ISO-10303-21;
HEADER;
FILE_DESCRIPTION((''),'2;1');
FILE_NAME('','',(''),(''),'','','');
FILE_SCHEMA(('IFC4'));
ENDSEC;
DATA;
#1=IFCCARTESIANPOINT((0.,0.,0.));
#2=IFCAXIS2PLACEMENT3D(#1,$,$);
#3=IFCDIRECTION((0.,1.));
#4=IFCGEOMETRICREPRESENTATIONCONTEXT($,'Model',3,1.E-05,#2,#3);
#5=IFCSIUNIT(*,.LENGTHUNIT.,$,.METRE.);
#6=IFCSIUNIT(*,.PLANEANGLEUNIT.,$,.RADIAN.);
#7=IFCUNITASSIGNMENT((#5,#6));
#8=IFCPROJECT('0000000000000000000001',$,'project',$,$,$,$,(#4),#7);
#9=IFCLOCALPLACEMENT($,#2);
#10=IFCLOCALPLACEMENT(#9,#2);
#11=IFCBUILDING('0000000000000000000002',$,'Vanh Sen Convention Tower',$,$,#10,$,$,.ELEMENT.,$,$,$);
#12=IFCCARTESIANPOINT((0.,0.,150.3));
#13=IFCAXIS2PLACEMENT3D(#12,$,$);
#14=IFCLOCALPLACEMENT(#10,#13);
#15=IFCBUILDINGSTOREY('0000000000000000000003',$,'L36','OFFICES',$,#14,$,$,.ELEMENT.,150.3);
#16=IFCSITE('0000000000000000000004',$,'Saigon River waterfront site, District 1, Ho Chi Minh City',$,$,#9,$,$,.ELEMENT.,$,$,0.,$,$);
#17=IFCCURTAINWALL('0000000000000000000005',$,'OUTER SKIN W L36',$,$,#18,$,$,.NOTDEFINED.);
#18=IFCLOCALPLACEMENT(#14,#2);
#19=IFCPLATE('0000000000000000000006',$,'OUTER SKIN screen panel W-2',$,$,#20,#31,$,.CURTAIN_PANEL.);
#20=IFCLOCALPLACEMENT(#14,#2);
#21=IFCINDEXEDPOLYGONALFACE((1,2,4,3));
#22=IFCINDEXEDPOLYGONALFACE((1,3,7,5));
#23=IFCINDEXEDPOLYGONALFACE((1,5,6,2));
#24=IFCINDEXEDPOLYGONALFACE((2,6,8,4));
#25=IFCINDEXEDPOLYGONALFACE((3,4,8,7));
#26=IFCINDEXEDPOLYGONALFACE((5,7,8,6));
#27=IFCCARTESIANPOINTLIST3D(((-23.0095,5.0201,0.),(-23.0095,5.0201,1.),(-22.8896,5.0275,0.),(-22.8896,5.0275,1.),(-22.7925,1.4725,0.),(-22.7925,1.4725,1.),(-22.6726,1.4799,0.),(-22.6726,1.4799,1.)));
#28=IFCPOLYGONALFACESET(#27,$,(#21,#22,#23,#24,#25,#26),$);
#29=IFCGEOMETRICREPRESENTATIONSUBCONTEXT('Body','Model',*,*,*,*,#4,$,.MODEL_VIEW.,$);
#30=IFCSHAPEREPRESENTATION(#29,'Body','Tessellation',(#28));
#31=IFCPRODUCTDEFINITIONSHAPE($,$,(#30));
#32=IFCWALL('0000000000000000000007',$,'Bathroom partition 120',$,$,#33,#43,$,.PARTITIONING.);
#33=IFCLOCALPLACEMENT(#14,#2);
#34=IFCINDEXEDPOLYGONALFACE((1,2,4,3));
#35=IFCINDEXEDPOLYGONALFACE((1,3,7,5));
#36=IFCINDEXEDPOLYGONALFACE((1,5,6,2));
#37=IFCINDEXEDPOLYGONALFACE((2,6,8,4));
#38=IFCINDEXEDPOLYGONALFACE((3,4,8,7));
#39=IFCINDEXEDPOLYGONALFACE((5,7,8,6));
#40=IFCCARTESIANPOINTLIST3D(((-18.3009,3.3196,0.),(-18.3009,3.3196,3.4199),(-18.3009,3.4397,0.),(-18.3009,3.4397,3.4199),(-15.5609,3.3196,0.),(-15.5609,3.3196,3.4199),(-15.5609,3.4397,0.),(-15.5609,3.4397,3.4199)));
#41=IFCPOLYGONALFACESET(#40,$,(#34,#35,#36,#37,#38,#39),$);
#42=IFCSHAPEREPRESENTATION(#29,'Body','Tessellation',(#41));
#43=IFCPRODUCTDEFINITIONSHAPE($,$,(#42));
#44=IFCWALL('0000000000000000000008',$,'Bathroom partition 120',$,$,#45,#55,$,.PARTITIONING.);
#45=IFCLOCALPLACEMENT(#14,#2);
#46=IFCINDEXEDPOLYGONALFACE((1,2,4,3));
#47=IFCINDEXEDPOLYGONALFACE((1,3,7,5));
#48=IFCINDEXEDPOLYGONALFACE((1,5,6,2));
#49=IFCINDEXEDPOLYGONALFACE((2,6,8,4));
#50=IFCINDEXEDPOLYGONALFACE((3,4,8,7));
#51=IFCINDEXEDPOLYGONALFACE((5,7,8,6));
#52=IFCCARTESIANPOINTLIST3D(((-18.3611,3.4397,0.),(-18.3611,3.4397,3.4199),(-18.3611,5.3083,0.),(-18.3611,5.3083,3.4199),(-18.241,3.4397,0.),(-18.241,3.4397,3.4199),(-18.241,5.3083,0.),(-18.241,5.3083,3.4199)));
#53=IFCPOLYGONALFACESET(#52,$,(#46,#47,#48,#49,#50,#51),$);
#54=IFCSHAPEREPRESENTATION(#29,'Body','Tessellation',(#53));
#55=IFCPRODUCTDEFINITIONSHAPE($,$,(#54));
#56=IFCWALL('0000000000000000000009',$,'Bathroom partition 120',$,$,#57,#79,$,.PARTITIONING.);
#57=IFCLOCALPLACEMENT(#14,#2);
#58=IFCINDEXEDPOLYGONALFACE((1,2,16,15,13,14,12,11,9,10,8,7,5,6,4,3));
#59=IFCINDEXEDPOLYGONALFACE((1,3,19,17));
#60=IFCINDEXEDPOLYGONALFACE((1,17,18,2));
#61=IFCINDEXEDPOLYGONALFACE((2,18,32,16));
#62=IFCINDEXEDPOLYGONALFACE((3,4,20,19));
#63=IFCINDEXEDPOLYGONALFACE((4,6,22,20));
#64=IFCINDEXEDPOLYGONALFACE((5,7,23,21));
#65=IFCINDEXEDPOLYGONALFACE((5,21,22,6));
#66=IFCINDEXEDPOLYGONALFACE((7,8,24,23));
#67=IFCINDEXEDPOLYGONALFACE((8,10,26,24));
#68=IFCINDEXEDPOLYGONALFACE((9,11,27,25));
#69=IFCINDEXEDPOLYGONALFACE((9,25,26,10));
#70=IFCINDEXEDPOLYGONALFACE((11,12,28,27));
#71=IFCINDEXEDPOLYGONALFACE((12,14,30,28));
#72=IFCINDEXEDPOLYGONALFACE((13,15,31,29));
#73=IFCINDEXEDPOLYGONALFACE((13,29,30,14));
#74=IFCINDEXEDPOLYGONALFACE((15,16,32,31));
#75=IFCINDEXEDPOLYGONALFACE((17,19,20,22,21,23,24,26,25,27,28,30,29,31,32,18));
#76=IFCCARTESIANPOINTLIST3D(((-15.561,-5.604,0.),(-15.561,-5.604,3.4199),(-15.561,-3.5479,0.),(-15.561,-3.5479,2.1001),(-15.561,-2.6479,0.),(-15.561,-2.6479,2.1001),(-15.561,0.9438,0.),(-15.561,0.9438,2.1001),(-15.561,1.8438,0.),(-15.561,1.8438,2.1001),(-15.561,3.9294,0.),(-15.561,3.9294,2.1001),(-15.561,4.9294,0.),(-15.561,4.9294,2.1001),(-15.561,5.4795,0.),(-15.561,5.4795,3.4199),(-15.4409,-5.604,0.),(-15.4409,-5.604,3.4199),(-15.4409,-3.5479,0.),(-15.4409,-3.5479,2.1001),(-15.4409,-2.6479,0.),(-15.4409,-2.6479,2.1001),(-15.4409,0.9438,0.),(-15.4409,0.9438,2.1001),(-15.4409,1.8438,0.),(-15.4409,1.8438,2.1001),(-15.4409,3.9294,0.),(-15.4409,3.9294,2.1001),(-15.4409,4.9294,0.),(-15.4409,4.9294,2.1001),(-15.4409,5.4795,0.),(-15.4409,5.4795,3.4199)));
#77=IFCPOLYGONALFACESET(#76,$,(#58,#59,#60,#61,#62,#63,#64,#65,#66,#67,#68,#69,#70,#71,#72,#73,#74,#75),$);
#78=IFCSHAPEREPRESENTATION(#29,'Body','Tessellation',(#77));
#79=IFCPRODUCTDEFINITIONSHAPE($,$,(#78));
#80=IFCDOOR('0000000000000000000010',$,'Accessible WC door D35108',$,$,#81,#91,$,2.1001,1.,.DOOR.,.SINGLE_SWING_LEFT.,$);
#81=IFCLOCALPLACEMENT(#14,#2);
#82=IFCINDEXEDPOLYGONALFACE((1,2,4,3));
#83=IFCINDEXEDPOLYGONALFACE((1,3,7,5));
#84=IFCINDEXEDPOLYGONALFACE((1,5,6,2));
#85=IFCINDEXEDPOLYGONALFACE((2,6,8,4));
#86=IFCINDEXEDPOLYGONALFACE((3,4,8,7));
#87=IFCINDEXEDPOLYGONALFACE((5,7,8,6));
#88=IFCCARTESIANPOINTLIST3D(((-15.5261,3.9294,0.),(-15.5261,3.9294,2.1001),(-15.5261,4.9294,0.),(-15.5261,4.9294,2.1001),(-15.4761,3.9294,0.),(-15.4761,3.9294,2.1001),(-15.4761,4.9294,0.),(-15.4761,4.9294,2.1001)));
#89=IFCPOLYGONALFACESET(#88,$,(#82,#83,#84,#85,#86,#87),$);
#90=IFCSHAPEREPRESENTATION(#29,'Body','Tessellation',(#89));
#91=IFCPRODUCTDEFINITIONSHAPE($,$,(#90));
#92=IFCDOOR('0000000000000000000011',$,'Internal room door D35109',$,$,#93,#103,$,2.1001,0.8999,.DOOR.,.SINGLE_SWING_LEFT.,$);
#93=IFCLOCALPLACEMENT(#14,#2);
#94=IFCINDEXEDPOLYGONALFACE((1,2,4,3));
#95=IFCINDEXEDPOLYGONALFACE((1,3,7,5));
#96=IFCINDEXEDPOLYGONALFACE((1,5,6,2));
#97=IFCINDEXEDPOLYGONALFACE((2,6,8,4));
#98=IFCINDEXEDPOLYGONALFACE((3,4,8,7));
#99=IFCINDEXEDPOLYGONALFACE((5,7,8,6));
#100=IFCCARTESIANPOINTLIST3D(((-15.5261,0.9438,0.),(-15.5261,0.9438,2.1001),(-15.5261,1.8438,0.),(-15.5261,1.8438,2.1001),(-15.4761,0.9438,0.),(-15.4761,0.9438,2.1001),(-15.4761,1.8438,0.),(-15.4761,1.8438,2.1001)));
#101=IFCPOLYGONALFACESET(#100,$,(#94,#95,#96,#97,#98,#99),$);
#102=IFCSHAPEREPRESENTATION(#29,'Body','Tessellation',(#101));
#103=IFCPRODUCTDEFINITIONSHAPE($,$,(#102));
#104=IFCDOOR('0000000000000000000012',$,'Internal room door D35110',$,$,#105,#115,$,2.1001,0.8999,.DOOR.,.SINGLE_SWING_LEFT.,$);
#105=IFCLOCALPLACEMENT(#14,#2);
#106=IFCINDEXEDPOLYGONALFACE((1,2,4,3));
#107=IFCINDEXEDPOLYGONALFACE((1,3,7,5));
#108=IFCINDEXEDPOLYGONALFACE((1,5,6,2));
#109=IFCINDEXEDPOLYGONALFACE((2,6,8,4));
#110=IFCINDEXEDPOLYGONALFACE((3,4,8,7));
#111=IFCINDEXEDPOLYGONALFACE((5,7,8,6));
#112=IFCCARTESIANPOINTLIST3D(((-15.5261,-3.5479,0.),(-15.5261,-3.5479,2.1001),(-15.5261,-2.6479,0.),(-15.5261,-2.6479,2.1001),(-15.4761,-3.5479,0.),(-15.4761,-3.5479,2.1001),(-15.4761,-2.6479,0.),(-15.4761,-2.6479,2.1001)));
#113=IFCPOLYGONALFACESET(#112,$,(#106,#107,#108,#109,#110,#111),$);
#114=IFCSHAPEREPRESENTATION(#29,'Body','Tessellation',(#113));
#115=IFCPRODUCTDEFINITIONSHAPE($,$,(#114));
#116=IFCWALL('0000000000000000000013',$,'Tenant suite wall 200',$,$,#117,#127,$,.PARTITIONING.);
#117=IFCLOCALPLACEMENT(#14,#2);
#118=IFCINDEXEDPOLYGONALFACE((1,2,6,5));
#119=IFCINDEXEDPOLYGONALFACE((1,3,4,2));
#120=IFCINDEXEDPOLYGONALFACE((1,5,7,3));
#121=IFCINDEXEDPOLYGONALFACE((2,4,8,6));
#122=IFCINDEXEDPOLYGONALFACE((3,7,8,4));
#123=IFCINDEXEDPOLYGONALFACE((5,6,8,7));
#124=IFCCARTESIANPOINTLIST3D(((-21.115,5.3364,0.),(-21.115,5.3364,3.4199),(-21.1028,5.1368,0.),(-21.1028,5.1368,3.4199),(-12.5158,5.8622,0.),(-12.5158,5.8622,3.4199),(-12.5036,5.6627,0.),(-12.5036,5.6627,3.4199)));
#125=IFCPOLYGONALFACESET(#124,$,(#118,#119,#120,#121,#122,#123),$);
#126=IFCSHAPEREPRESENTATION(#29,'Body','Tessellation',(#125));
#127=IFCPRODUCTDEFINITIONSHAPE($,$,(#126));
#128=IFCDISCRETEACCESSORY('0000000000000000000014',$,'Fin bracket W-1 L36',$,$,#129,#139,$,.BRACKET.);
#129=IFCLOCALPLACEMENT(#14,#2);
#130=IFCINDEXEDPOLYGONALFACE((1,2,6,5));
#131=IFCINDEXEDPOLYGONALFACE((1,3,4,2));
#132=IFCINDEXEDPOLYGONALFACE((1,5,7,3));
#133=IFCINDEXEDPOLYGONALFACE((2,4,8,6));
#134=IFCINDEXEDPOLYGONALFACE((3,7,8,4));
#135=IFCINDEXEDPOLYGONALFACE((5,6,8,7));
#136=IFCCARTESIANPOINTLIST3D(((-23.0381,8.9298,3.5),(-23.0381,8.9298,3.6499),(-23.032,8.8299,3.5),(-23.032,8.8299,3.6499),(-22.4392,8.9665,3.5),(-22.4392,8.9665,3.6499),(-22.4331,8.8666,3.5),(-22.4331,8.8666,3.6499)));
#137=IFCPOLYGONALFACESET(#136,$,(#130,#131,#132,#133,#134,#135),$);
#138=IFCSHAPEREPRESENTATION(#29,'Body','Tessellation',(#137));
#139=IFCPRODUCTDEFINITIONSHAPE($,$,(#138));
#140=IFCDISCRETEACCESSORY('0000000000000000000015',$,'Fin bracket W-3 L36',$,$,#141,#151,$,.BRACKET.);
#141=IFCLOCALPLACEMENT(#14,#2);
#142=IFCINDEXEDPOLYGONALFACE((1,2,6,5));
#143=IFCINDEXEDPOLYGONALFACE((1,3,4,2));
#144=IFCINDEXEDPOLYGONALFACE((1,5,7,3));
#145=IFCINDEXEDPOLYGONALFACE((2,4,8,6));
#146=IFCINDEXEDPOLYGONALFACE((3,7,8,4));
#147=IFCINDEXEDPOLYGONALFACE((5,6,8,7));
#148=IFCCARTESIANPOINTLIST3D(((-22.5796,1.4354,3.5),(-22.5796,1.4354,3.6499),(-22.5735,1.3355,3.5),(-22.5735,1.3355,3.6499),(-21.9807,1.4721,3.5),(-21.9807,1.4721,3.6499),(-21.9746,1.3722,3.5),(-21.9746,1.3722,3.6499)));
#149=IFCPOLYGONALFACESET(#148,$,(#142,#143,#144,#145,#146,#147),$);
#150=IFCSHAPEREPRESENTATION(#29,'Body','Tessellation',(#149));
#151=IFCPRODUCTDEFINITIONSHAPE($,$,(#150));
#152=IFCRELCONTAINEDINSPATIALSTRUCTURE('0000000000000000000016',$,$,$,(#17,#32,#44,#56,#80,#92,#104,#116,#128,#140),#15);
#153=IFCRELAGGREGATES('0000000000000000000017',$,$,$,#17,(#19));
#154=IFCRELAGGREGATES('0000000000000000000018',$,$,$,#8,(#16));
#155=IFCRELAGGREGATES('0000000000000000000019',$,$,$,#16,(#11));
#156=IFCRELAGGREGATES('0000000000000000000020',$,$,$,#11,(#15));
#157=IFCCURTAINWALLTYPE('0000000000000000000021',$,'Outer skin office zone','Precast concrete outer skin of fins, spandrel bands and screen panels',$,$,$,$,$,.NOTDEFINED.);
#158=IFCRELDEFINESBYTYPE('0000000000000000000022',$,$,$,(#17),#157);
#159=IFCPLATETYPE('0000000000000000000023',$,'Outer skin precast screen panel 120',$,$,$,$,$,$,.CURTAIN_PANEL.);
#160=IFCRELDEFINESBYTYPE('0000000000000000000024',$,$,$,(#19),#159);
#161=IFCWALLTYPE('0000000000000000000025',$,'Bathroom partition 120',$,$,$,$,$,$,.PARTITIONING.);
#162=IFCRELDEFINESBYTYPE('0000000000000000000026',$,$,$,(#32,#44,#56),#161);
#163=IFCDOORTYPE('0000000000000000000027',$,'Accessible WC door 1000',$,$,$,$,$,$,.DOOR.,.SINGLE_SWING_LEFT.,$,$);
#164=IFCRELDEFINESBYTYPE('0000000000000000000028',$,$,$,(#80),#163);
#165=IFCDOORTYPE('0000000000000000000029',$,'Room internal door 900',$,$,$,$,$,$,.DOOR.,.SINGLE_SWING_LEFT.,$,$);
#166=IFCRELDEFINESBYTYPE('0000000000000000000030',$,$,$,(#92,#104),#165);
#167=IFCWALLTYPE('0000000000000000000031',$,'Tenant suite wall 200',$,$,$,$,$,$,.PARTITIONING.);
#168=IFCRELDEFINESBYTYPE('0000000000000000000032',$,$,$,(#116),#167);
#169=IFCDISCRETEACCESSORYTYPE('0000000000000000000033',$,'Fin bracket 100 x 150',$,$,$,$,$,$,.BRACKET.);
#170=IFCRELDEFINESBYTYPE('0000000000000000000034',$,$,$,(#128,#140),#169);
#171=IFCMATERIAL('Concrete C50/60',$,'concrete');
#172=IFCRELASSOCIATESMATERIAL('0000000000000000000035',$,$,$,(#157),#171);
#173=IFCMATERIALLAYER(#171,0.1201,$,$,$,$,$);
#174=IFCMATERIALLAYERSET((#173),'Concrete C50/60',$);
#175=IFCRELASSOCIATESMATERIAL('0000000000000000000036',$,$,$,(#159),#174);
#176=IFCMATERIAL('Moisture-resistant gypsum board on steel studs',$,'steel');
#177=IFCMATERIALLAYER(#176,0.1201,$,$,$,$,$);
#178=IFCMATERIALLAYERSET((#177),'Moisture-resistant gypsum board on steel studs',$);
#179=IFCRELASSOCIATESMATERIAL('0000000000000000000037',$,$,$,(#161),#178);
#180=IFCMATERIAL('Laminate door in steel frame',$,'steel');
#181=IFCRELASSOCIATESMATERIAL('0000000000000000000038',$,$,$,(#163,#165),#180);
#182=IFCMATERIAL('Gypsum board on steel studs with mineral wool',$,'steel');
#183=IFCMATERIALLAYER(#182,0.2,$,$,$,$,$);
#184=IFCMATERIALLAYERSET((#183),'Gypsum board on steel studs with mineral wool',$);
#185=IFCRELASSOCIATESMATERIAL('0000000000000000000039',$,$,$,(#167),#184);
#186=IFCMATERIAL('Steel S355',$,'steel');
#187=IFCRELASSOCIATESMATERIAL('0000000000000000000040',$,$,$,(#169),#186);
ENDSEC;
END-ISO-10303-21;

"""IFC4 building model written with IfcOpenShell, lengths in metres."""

from ifc_helpers import new_model, si_unit, direction, frame, frame_2d, origin, origin_2d, place, context, subcontext, project, spatial, rectangle, extrude, material, layer, layer_set, type_object, element, fill, aggregate, save


model = new_model("IFC4")

# Units and contexts
model_context = context("Model", 3, precision=1e-05, world=origin(), true_north=direction((0.0, 1.0)))
body_context = subcontext(model_context, "Body", "Model", "MODEL_VIEW")
ifc_project = project(units=[si_unit("LENGTHUNIT", "METRE"), si_unit("PLANEANGLEUNIT", "RADIAN")], contexts=[model_context])

# Site, building, storey
site_placement = place(None, origin())
site = spatial("IfcSite", under=ifc_project, at=site_placement, Name="Saigon River waterfront site, District 1, Ho Chi Minh City", CompositionType="ELEMENT", RefElevation=0.0)
building_placement = place(site_placement, origin())
building = spatial("IfcBuilding", under=site, at=building_placement, Name="Vanh Sen Convention Tower", CompositionType="ELEMENT")
storey_placement = place(building_placement, frame((0.0, 0.0, 150.3)))
storey = spatial("IfcBuildingStorey", under=building, at=storey_placement, Name="L36", Description="OFFICES", CompositionType="ELEMENT", Elevation=150.3)

# Curtain wall
ifc_material_1 = material(Name="Concrete C50/60", Category="concrete")
curtain_wall_type = type_object("IfcCurtainWallType", Name="Outer skin office zone", Description="Precast concrete outer skin of fins, spandrel bands and screen panels", PredefinedType="NOTDEFINED", material=ifc_material_1)
curtain_wall_placement = place(storey_placement, origin())
curtain_wall = element("IfcCurtainWall", 1, at=curtain_wall_placement, inside=storey, type_object=curtain_wall_type, Name="OUTER SKIN W L36", PredefinedType="NOTDEFINED")

# Plate
ifc_layer_1 = layer(ifc_material_1, 0.1201)
ifc_layer_set_1 = layer_set([ifc_layer_1], Name="Concrete C50/60")
plate_type = type_object("IfcPlateType", Name="Outer skin precast screen panel 120", PredefinedType="CURTAIN_PANEL", material=ifc_layer_set_1)
plate_1_placement = place(storey_placement, frame((-22.8411, 3.25, 0.0), z_axis=(0.0, 0.0, 1.0), x_axis=(0.061052, -0.998135, 0.0)))
plate_1 = element("IfcPlate", 2, at=plate_1_placement, type_object=plate_type, Name="OUTER SKIN screen panel W-2", PredefinedType="CURTAIN_PANEL", context=body_context, shape_type="SweptSolid", body=[
    extrude(rectangle(XDim=3.5542, YDim=0.1201, at=origin_2d()), origin(), (0.0, 0.0, 1.0), 1.0),
])
aggregate(curtain_wall, [plate_1])

# Walls
ifc_material_2 = material(Name="Moisture-resistant gypsum board on steel studs", Category="steel")
ifc_layer_2 = layer(ifc_material_2, 0.1201)
ifc_layer_set_2 = layer_set([ifc_layer_2], Name="Moisture-resistant gypsum board on steel studs")
wall_type_1 = type_object("IfcWallType", Name="Bathroom partition 120", PredefinedType="PARTITIONING", material=ifc_layer_set_2)
wall_1_placement = place(storey_placement, frame((-18.301, 3.3796, 0.0), z_axis=(0.0, 0.0, 1.0), x_axis=(1.0, 0.0, 0.0)))
element("IfcWall", 3, at=wall_1_placement, inside=storey, type_object=wall_type_1, Name="Bathroom partition 120", PredefinedType="PARTITIONING", context=body_context, shape_type="SweptSolid", body=[
    extrude(rectangle(XDim=2.74, YDim=0.1201, at=frame_2d((1.3701, 0.0))), origin(), (0.0, 0.0, 1.0), 3.4199),
])
wall_2_placement = place(storey_placement, frame((-18.301, 5.3083, 0.0), z_axis=(0.0, 0.0, 1.0), x_axis=(0.0, -1.0, 0.0)))
element("IfcWall", 4, at=wall_2_placement, inside=storey, type_object=wall_type_1, Name="Bathroom partition 120", PredefinedType="PARTITIONING", context=body_context, shape_type="SweptSolid", body=[
    extrude(rectangle(XDim=1.8687, YDim=0.1201, at=frame_2d((0.9343, 0.0))), origin(), (0.0, 0.0, 1.0), 3.4199),
])

# Wall, openings, doors
wall_3_placement = place(storey_placement, frame((-15.501, 5.4795, 0.0), z_axis=(0.0, 0.0, 1.0), x_axis=(0.0, -1.0, 0.0)))
wall_3 = element("IfcWall", 5, at=wall_3_placement, inside=storey, type_object=wall_type_1, Name="Bathroom partition 120", PredefinedType="PARTITIONING", context=body_context, shape_type="SweptSolid", body=[
    extrude(rectangle(XDim=11.0835, YDim=0.1201, at=frame_2d((5.5417, 0.0))), origin(), (0.0, 0.0, 1.0), 3.4199),
])
opening_1_placement = place(wall_3_placement, frame((0.55, 0.0, 0.0)))
opening_1 = element("IfcOpeningElement", 6, at=opening_1_placement, cuts=wall_3, PredefinedType="OPENING", context=body_context, shape_type="SweptSolid", body=[
    extrude(rectangle(XDim=1.0, YDim=2.1001, at=frame_2d((0.5, 1.05))), frame((0.0, 0.0701, 0.0), z_axis=(0.0, -1.0, 0.0), x_axis=(1.0, 0.0, 0.0)), (0.0, 0.0, 1.0), 0.1401),
])
opening_2_placement = place(wall_3_placement, frame((3.6357, 0.0, 0.0)))
opening_2 = element("IfcOpeningElement", 7, at=opening_2_placement, cuts=wall_3, PredefinedType="OPENING", context=body_context, shape_type="SweptSolid", body=[
    extrude(rectangle(XDim=0.8999, YDim=2.1001, at=frame_2d((0.45, 1.05))), frame((0.0, 0.0701, 0.0), z_axis=(0.0, -1.0, 0.0), x_axis=(1.0, 0.0, 0.0)), (0.0, 0.0, 1.0), 0.1401),
])
opening_3_placement = place(wall_3_placement, frame((8.1274, 0.0, 0.0)))
opening_3 = element("IfcOpeningElement", 8, at=opening_3_placement, cuts=wall_3, PredefinedType="OPENING", context=body_context, shape_type="SweptSolid", body=[
    extrude(rectangle(XDim=0.8999, YDim=2.1001, at=frame_2d((0.45, 1.05))), frame((0.0, 0.0701, 0.0), z_axis=(0.0, -1.0, 0.0), x_axis=(1.0, 0.0, 0.0)), (0.0, 0.0, 1.0), 0.1401),
])
ifc_material_3 = material(Name="Laminate door in steel frame", Category="steel")
door_type_1 = type_object("IfcDoorType", Name="Accessible WC door 1000", OperationType="SINGLE_SWING_LEFT", PredefinedType="DOOR", material=ifc_material_3)
door_1_placement = place(opening_1_placement, origin())
door_1 = element("IfcDoor", 9, at=door_1_placement, inside=storey, type_object=door_type_1, Name="Accessible WC door D35108", OperationType="SINGLE_SWING_LEFT", OverallHeight=2.1001, OverallWidth=1.0, PredefinedType="DOOR", context=body_context, shape_type="SweptSolid", body=[
    extrude(rectangle(XDim=1.0, YDim=2.1001, at=frame_2d((0.5, 1.05))), frame((0.0, 0.0249, 0.0), z_axis=(0.0, -1.0, 0.0), x_axis=(1.0, 0.0, 0.0)), (0.0, 0.0, 1.0), 0.05),
])
fill(opening_1, door_1)
door_type_2 = type_object("IfcDoorType", Name="Room internal door 900", OperationType="SINGLE_SWING_LEFT", PredefinedType="DOOR", material=ifc_material_3)
door_2_placement = place(opening_2_placement, origin())
door_2 = element("IfcDoor", 10, at=door_2_placement, inside=storey, type_object=door_type_2, Name="Internal room door D35109", OperationType="SINGLE_SWING_LEFT", OverallHeight=2.1001, OverallWidth=0.8999, PredefinedType="DOOR", context=body_context, shape_type="SweptSolid", body=[
    extrude(rectangle(XDim=0.8999, YDim=2.1001, at=frame_2d((0.45, 1.05))), frame((0.0, 0.0249, 0.0), z_axis=(0.0, -1.0, 0.0), x_axis=(1.0, 0.0, 0.0)), (0.0, 0.0, 1.0), 0.05),
])
fill(opening_2, door_2)
door_3_placement = place(opening_3_placement, origin())
door_3 = element("IfcDoor", 11, at=door_3_placement, inside=storey, type_object=door_type_2, Name="Internal room door D35110", OperationType="SINGLE_SWING_LEFT", OverallHeight=2.1001, OverallWidth=0.8999, PredefinedType="DOOR", context=body_context, shape_type="SweptSolid", body=[
    extrude(rectangle(XDim=0.8999, YDim=2.1001, at=frame_2d((0.45, 1.05))), frame((0.0, 0.0249, 0.0), z_axis=(0.0, -1.0, 0.0), x_axis=(1.0, 0.0, 0.0)), (0.0, 0.0, 1.0), 0.05),
])
fill(opening_3, door_3)

# Wall
ifc_material_4 = material(Name="Gypsum board on steel studs with mineral wool", Category="steel")
ifc_layer_3 = layer(ifc_material_4, 0.2)
ifc_layer_set_3 = layer_set([ifc_layer_3], Name="Gypsum board on steel studs with mineral wool")
wall_type_2 = type_object("IfcWallType", Name="Tenant suite wall 200", PredefinedType="PARTITIONING", material=ifc_layer_set_3)
wall_4_placement = place(storey_placement, frame((-21.1089, 5.2366, 0.0), z_axis=(0.0, 0.0, 1.0), x_axis=(0.998135, 0.061041, 0.0)))
element("IfcWall", 12, at=wall_4_placement, inside=storey, type_object=wall_type_2, Name="Tenant suite wall 200", PredefinedType="PARTITIONING", context=body_context, shape_type="SweptSolid", body=[
    extrude(rectangle(XDim=8.6152, YDim=0.2, at=frame_2d((4.3076, 0.0))), origin(), (0.0, 0.0, 1.0), 3.4199),
])

# Discrete accessories
ifc_material_5 = material(Name="Steel S355", Category="steel")
discrete_accessory_type = type_object("IfcDiscreteAccessoryType", Name="Fin bracket 100 x 150", PredefinedType="BRACKET", material=ifc_material_5)
for number, where, z_axis, x_axis, name in (
    (13, (-22.7356, 8.8982, 3.5), (0.0, 0.0, 1.0), (-0.998135, -0.061049, 0.0), "Fin bracket W-1 L36"),
    (14, (-22.2771, 1.4038, 3.5), (0.0, 0.0, 1.0), (-0.998135, -0.061049, 0.0), "Fin bracket W-3 L36"),
):
    element("IfcDiscreteAccessory", number, at=place(storey_placement, frame(where, z_axis=z_axis, x_axis=x_axis)), inside=storey, type_object=discrete_accessory_type, Name=name, PredefinedType="BRACKET", context=body_context, shape_type="SweptSolid", body=[
        extrude(rectangle(XDim=0.6001, YDim=0.1001, at=origin_2d()), origin(), (0.0, 0.0, 1.0), 0.1499),
    ])

save(model, "model.ifc")
